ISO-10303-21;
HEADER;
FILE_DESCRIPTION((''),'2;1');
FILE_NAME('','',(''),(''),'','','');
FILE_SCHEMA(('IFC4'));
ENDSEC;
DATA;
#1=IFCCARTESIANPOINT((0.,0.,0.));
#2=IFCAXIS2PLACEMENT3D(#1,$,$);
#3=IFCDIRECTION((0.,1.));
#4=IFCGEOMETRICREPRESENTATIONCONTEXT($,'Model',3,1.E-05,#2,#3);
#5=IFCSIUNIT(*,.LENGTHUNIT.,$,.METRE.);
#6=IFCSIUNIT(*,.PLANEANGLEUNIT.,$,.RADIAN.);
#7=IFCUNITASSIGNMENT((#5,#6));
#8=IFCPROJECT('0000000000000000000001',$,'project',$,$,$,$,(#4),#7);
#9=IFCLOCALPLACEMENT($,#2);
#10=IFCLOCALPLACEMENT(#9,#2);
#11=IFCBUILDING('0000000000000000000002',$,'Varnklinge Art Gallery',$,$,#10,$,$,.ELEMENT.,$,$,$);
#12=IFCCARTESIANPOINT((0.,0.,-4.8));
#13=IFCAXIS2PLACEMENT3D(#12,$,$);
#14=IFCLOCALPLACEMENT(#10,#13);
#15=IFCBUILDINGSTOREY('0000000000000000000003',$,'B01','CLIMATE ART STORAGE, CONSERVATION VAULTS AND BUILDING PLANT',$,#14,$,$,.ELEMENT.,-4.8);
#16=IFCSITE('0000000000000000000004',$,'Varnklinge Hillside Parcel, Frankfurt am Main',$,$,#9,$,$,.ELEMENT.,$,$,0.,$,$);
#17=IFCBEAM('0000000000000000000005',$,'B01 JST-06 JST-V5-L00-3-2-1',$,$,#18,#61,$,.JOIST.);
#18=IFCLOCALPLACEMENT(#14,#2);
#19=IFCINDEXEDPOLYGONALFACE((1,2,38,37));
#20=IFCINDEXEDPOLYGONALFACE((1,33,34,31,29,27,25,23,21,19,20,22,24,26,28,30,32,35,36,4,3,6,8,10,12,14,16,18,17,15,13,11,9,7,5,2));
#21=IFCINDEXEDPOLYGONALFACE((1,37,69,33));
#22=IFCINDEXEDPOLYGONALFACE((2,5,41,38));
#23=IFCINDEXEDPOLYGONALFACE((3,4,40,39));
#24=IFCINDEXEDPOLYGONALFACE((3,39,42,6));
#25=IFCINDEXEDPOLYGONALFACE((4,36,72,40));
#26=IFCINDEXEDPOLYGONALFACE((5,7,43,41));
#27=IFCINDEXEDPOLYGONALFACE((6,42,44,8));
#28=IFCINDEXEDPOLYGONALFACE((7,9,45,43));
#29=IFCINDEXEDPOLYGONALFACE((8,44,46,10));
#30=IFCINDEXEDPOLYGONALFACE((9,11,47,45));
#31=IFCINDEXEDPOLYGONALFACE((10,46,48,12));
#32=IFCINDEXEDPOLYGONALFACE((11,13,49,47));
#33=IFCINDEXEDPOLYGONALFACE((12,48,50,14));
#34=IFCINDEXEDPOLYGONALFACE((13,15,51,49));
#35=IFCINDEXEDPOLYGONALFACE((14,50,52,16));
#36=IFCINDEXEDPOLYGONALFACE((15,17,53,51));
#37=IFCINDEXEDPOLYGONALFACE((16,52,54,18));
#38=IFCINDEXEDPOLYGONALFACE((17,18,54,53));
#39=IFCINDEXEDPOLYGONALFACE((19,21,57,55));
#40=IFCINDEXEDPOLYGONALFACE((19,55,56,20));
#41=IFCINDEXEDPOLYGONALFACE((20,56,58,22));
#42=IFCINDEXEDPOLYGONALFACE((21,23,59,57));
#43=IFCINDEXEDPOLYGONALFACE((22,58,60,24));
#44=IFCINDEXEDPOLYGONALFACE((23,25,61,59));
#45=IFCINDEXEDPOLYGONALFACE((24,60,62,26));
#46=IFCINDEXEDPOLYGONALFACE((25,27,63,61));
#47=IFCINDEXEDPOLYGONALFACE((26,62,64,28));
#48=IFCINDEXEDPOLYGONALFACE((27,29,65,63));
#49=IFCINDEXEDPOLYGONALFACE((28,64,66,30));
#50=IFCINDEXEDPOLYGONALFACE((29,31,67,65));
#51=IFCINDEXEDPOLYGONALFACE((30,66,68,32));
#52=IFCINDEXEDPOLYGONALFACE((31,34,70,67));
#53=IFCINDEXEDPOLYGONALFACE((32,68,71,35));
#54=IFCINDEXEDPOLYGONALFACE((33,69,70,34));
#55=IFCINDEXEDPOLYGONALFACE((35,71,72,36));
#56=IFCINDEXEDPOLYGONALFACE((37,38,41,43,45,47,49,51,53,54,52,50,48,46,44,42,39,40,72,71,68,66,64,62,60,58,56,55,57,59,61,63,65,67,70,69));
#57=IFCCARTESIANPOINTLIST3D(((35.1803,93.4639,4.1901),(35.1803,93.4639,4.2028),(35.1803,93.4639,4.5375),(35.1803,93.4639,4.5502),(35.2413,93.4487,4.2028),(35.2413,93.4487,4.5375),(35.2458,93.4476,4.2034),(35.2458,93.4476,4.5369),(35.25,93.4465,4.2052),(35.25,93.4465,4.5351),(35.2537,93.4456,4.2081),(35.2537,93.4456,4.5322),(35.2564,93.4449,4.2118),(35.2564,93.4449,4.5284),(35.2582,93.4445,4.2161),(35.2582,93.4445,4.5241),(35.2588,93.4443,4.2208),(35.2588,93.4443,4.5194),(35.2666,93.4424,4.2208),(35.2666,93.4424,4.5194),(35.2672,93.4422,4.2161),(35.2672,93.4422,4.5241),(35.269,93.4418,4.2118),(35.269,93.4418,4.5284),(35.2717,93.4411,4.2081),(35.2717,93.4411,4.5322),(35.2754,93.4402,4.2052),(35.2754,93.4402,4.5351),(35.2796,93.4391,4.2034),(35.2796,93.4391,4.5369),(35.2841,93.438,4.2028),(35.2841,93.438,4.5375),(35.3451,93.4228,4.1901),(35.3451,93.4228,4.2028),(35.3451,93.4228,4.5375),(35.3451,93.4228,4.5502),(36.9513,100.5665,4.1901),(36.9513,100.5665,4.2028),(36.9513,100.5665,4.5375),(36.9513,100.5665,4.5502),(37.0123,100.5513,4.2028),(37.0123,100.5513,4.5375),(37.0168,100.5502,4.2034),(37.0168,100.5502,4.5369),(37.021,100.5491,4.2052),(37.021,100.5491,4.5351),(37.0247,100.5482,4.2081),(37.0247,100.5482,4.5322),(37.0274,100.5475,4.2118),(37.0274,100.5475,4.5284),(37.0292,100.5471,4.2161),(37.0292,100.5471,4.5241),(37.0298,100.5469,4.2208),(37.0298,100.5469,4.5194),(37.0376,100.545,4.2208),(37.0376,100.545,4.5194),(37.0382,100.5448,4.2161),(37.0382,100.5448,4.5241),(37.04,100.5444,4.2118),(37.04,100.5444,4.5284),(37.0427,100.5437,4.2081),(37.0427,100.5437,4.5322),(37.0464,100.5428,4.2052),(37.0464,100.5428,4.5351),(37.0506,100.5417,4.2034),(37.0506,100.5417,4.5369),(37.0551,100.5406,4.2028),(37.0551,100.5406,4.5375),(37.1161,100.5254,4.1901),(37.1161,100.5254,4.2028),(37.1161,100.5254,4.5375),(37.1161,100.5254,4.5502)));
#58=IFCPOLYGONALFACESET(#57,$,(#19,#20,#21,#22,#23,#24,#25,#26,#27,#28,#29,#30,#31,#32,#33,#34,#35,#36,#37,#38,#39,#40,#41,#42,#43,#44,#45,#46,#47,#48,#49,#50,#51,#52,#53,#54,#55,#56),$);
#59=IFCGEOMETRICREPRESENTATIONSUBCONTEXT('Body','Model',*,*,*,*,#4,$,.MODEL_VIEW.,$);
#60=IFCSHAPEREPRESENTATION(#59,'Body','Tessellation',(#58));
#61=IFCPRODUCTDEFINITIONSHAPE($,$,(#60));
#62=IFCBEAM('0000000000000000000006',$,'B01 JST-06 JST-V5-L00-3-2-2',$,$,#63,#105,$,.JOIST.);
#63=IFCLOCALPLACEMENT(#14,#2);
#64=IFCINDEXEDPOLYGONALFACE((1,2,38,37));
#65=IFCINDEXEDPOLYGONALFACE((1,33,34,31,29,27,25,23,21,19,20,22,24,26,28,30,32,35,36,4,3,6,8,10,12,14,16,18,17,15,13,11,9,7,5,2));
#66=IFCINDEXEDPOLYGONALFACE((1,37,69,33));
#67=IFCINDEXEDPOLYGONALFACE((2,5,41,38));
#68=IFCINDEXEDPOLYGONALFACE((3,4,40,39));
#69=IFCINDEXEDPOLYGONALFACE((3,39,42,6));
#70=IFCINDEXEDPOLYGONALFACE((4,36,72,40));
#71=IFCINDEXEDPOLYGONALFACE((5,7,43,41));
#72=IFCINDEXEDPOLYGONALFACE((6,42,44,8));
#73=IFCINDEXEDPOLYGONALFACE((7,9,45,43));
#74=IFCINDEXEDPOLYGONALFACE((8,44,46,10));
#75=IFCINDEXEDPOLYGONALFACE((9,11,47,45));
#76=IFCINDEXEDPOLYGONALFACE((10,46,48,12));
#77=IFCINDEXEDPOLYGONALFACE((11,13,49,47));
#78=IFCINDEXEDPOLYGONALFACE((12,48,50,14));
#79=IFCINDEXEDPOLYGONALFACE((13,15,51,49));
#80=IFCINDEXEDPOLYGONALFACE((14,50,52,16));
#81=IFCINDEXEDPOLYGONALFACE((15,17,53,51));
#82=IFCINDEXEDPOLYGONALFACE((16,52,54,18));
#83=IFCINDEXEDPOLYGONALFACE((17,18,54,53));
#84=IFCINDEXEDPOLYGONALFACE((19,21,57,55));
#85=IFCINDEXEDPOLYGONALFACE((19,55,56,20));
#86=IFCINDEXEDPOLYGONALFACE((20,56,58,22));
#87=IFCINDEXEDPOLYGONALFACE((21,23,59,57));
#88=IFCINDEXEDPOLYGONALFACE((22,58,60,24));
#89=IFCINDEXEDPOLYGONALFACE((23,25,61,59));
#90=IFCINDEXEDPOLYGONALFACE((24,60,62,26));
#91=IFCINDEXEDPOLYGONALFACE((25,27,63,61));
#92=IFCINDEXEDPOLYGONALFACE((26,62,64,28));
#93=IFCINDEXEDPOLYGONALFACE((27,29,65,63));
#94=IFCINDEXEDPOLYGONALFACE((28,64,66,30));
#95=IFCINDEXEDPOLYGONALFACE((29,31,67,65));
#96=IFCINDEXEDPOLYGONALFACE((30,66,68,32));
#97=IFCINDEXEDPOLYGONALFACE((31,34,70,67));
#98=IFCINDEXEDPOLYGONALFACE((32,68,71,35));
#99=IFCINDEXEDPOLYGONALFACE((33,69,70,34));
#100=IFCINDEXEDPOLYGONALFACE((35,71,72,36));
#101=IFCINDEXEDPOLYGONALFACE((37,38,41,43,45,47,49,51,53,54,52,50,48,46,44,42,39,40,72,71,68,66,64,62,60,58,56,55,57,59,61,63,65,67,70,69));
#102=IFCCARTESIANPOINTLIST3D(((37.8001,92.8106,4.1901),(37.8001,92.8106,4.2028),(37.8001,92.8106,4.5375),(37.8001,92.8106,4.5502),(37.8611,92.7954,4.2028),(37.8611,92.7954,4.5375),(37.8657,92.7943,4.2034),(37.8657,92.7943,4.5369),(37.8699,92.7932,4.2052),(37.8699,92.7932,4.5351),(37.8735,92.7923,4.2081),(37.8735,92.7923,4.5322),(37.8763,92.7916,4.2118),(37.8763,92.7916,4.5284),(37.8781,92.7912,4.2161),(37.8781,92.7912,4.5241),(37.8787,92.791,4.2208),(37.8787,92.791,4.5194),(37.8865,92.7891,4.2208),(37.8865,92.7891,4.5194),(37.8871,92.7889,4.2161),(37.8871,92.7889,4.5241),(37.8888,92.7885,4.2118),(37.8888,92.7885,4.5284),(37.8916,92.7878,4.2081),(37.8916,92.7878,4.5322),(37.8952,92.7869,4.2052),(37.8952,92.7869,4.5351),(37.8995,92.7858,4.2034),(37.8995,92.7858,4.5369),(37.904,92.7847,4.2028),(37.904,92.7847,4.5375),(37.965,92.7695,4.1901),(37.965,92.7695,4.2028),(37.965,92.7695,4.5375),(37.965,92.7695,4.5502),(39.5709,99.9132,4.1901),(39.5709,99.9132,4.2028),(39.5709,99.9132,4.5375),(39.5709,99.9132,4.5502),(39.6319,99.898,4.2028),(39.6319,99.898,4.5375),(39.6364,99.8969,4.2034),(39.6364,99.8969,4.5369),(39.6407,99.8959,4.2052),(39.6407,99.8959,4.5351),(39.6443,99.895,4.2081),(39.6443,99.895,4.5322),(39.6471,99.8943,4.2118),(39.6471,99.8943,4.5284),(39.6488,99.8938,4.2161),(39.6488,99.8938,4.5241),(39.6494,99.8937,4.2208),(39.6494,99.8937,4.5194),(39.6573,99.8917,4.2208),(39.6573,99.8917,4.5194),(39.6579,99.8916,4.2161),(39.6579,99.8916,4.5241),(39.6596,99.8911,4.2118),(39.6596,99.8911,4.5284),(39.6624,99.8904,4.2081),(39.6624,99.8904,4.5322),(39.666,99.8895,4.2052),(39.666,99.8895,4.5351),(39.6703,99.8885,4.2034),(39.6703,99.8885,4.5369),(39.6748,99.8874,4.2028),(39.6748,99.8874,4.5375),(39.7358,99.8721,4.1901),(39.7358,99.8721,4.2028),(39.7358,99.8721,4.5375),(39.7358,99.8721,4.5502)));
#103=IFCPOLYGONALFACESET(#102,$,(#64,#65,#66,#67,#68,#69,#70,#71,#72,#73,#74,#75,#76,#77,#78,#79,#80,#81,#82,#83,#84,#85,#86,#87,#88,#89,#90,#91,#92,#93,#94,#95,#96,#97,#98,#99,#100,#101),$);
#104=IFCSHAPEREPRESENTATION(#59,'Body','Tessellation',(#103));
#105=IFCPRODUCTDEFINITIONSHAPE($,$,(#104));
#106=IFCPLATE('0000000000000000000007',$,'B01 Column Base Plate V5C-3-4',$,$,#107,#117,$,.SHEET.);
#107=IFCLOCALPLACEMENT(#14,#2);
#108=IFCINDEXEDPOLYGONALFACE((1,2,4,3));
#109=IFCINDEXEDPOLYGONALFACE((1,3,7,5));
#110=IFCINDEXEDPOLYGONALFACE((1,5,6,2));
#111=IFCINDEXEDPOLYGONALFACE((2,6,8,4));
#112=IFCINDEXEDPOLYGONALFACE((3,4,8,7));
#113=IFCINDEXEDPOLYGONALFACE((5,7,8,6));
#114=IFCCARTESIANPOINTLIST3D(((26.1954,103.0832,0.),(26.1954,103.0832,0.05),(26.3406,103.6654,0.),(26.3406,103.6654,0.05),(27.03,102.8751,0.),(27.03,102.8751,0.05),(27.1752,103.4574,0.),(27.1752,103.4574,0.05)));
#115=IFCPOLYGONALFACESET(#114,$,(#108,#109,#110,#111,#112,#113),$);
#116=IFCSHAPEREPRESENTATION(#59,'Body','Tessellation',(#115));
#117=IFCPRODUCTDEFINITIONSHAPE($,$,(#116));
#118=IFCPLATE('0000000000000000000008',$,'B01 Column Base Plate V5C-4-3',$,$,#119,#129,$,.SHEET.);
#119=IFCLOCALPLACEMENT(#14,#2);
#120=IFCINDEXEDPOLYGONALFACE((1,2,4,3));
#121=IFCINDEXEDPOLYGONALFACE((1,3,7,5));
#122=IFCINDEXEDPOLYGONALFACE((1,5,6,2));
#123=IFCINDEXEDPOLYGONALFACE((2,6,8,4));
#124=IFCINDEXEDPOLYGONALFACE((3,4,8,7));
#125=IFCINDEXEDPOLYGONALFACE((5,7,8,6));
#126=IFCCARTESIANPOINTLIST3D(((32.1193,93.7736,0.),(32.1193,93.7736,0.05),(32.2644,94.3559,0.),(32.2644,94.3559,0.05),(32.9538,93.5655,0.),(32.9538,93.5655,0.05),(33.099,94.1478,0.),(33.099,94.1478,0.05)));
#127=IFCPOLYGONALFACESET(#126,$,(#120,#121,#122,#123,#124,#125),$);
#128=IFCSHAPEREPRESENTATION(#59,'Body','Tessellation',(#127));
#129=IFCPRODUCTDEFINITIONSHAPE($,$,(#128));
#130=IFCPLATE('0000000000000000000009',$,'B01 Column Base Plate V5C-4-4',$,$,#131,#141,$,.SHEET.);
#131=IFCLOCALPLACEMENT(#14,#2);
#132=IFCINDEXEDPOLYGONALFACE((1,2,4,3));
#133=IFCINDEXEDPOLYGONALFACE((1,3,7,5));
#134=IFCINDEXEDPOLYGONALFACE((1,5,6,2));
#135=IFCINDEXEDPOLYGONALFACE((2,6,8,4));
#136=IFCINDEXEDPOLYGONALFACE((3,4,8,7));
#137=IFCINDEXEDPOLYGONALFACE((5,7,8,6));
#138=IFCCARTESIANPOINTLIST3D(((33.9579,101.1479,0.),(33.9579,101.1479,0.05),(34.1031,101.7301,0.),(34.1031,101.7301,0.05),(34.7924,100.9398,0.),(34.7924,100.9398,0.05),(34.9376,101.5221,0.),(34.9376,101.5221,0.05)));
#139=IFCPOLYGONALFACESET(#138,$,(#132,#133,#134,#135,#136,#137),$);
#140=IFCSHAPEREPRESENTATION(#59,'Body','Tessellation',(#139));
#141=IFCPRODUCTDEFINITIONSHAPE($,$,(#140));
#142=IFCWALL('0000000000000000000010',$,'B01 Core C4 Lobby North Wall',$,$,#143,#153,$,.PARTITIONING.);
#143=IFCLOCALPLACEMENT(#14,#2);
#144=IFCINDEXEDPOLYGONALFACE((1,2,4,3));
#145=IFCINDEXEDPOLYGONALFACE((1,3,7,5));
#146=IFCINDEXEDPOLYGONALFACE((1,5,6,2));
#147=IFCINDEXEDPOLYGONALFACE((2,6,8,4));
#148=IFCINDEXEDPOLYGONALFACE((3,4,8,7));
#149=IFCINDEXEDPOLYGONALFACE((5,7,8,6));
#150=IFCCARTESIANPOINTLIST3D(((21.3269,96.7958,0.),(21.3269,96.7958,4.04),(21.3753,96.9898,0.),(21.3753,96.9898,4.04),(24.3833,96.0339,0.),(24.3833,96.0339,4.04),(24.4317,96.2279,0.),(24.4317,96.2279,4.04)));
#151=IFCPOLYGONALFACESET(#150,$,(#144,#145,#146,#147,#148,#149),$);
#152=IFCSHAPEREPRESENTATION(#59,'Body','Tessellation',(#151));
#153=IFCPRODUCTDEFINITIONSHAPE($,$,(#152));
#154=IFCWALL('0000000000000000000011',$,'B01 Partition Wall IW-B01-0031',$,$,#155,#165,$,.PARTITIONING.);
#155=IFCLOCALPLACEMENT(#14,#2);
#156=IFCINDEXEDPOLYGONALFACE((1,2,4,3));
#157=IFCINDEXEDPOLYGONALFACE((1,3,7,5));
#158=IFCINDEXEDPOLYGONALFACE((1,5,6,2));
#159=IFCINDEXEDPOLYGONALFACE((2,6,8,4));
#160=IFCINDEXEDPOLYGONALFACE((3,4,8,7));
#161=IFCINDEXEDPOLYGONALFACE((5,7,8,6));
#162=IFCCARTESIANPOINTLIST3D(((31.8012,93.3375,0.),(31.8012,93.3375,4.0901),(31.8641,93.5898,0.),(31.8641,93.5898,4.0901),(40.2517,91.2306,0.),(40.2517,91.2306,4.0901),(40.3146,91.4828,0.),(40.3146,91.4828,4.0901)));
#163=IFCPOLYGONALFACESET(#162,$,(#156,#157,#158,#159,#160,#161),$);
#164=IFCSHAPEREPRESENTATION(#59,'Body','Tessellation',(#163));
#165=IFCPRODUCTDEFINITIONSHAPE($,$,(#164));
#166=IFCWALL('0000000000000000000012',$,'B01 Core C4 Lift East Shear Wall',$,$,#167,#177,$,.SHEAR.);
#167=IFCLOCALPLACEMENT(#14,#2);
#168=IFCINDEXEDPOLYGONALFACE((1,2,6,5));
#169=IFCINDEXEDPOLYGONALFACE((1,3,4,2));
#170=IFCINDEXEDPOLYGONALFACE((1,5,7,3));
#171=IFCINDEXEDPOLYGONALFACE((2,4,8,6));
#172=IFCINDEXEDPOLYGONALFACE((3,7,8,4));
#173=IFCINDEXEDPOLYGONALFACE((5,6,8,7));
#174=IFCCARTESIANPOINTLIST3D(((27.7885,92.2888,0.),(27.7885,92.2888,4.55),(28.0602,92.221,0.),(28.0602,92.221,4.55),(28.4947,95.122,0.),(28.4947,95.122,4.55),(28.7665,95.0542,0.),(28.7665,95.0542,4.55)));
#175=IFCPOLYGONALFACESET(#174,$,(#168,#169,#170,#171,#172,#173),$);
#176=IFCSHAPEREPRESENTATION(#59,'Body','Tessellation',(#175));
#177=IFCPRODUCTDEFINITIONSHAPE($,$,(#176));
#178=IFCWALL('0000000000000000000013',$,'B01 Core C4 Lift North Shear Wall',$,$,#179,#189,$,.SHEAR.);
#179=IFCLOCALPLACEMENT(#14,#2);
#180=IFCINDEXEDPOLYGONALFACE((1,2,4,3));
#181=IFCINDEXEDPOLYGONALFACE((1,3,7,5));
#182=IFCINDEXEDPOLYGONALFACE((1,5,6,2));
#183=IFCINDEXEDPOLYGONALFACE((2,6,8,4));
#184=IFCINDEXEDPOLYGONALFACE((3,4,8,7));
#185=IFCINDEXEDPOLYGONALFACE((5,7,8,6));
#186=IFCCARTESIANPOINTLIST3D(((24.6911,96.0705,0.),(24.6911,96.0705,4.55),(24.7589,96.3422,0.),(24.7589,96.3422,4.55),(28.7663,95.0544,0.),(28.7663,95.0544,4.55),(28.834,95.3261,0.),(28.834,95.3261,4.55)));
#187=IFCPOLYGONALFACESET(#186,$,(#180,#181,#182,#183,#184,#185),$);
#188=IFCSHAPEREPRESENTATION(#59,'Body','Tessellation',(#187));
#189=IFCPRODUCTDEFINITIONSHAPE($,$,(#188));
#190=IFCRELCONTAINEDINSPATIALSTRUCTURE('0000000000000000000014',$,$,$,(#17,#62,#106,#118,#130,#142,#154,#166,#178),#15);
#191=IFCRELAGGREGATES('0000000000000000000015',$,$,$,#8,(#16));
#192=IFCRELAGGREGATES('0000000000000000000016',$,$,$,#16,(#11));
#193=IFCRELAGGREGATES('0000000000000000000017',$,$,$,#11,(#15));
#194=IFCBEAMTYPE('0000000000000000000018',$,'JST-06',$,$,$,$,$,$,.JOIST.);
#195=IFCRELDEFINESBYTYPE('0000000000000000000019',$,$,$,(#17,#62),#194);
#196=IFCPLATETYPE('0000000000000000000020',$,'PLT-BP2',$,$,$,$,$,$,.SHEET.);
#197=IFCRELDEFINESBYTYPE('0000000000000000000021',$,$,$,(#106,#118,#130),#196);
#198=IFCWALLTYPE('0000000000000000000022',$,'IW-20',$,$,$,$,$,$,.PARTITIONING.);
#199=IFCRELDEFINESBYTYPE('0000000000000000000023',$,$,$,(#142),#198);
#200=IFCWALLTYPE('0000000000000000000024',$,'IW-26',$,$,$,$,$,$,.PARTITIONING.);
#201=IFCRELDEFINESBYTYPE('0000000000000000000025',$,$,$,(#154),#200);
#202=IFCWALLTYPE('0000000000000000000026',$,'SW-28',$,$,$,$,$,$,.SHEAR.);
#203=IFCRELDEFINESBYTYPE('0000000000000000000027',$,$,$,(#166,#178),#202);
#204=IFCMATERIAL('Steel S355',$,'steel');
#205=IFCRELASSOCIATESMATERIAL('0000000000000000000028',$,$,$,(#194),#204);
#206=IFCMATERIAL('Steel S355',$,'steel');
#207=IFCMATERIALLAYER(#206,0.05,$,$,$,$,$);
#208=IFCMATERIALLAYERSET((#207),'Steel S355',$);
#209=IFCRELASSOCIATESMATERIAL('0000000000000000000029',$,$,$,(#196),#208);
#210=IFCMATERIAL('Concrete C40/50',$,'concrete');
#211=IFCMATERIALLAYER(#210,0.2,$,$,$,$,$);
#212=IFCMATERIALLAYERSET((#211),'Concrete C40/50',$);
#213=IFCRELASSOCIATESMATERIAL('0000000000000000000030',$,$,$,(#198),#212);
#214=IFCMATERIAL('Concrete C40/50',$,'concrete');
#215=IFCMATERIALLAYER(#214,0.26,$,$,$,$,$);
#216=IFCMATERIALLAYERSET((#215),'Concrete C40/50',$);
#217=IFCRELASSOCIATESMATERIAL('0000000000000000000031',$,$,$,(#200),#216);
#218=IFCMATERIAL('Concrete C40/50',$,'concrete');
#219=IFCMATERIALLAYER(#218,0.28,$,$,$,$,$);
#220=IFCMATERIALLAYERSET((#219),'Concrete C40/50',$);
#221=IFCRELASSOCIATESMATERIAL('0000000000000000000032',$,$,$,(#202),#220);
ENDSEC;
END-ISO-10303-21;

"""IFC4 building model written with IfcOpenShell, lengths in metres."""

from ifc_helpers import new_model, si_unit, direction, frame, frame_2d, origin, origin_2d, place, context, subcontext, project, spatial, rectangle, i_section, extrude, material, layer, layer_set, material_profile, profile_set, type_object, element, save


model = new_model("IFC4")

# Units and contexts
model_context = context("Model", 3, precision=1e-05, world=origin(), true_north=direction((0.0, 1.0)))
body_context = subcontext(model_context, "Body", "Model", "MODEL_VIEW")
ifc_project = project(units=[si_unit("LENGTHUNIT", "METRE"), si_unit("PLANEANGLEUNIT", "RADIAN")], contexts=[model_context])

# Site, building, storey
site_placement = place(None, origin())
site = spatial("IfcSite", under=ifc_project, at=site_placement, Name="Varnklinge Hillside Parcel, Frankfurt am Main", CompositionType="ELEMENT", RefElevation=0.0)
building_placement = place(site_placement, origin())
building = spatial("IfcBuilding", under=site, at=building_placement, Name="Varnklinge Art Gallery", CompositionType="ELEMENT")
storey_placement = place(building_placement, frame((0.0, 0.0, -4.8)))
storey = spatial("IfcBuildingStorey", under=building, at=storey_placement, Name="B01", Description="CLIMATE ART STORAGE, CONSERVATION VAULTS AND BUILDING PLANT", CompositionType="ELEMENT", Elevation=-4.8)

# Beams
ifc_material_1 = material(Name="Steel S355", Category="steel")
ifc_material_profile_1 = material_profile(ifc_material_1, i_section(OverallWidth=0.1699, OverallDepth=0.3601, WebThickness=0.0081, FlangeThickness=0.0127, FilletRadius=0.0181, at=origin_2d()), Name="IPE 360")
ifc_profile_set_1 = profile_set([ifc_material_profile_1], Name="Steel S355")
beam_type_1 = type_object("IfcBeamType", Name="JST-06", PredefinedType="JOIST", material=ifc_profile_set_1)
for number, where, z_axis, x_axis, name in (
    (1, (35.2627, 93.4434, 4.3701), (0.241939, 0.970291, 0.0), (-0.970291, 0.241939, 0.0), "B01 JST-06 JST-V5-L00-3-2-1"),
    (2, (37.8826, 92.79, 4.3701), (0.241908, 0.970299, 0.0), (-0.970299, 0.241908, 0.0), "B01 JST-06 JST-V5-L00-3-2-2"),
):
    element("IfcBeam", number, at=place(storey_placement, frame(where, z_axis=z_axis, x_axis=x_axis)), inside=storey, type_object=beam_type_1, Name=name, PredefinedType="JOIST", context=body_context, shape_type="SweptSolid", body=[
        extrude(i_section(OverallWidth=0.1699, OverallDepth=0.3601, WebThickness=0.0081, FlangeThickness=0.0127, FilletRadius=0.0181, at=origin_2d()), origin(), (0.0, 0.0, 1.0), 7.3201),
    ])

# Plates
ifc_material_2 = material(Name="Steel S355", Category="steel")
ifc_layer_1 = layer(ifc_material_2, 0.05)
ifc_layer_set_1 = layer_set([ifc_layer_1], Name="Steel S355")
plate_type = type_object("IfcPlateType", Name="PLT-BP2", PredefinedType="SHEET", material=ifc_layer_set_1)
for number, where, z_axis, x_axis, name in (
    (3, (26.6853, 103.2703, 0.0), (0.0, 0.0, 1.0), (0.970296, -0.241922, 0.0), "B01 Column Base Plate V5C-3-4"),
    (4, (32.6091, 93.9607, 0.0), (0.0, 0.0, 1.0), (0.970296, -0.241922, 0.0), "B01 Column Base Plate V5C-4-3"),
    (5, (34.4478, 101.335, 0.0), (0.0, 0.0, 1.0), (0.970296, -0.241922, 0.0), "B01 Column Base Plate V5C-4-4"),
):
    element("IfcPlate", number, at=place(storey_placement, frame(where, z_axis=z_axis, x_axis=x_axis)), inside=storey, type_object=plate_type, Name=name, PredefinedType="SHEET", context=body_context, shape_type="SweptSolid", body=[
        extrude(rectangle(XDim=0.8601, YDim=0.6001, at=origin_2d()), origin(), (0.0, 0.0, 1.0), 0.05),
    ])

# Walls
ifc_material_3 = material(Name="Concrete C40/50", Category="concrete")
ifc_layer_2 = layer(ifc_material_3, 0.2)
ifc_layer_set_2 = layer_set([ifc_layer_2], Name="Concrete C40/50")
wall_type_1 = type_object("IfcWallType", Name="IW-20", PredefinedType="PARTITIONING", material=ifc_layer_set_2)
wall_1_placement = place(storey_placement, frame((24.4075, 96.1309, 0.0), z_axis=(0.0, 0.0, 1.0), x_axis=(-0.970302, 0.241897, 0.0)))
element("IfcWall", 6, at=wall_1_placement, inside=storey, type_object=wall_type_1, Name="B01 Core C4 Lobby North Wall", PredefinedType="PARTITIONING", context=body_context, shape_type="SweptSolid", body=[
    extrude(rectangle(XDim=3.1499, YDim=0.2, at=frame_2d((1.575, 0.0))), origin(), (0.0, 0.0, 1.0), 4.04),
])
ifc_material_4 = material(Name="Concrete C40/50", Category="concrete")
ifc_layer_3 = layer(ifc_material_4, 0.26)
ifc_layer_set_3 = layer_set([ifc_layer_3], Name="Concrete C40/50")
wall_type_2 = type_object("IfcWallType", Name="IW-26", PredefinedType="PARTITIONING", material=ifc_layer_set_3)
wall_2_placement = place(storey_placement, frame((31.8328, 93.4636, 0.0), z_axis=(0.0, 0.0, 1.0), x_axis=(0.970296, -0.241922, 0.0)))
element("IfcWall", 7, at=wall_2_placement, inside=storey, type_object=wall_type_2, Name="B01 Partition Wall IW-B01-0031", PredefinedType="PARTITIONING", context=body_context, shape_type="SweptSolid", body=[
    extrude(rectangle(XDim=8.7092, YDim=0.26, at=frame_2d((4.3545, 0.0))), origin(), (0.0, 0.0, 1.0), 4.0901),
])
ifc_material_5 = material(Name="Concrete C40/50", Category="concrete")
ifc_layer_4 = layer(ifc_material_5, 0.28)
ifc_layer_set_4 = layer_set([ifc_layer_4], Name="Concrete C40/50")
wall_type_3 = type_object("IfcWallType", Name="SW-28", PredefinedType="SHEAR", material=ifc_layer_set_4)
wall_3_placement = place(storey_placement, frame((27.9243, 92.2549, 0.0), z_axis=(0.0, 0.0, 1.0), x_axis=(0.241886, 0.970305, 0.0)))
element("IfcWall", 8, at=wall_3_placement, inside=storey, type_object=wall_type_3, Name="B01 Core C4 Lift East Shear Wall", PredefinedType="SHEAR", context=body_context, shape_type="SweptSolid", body=[
    extrude(rectangle(XDim=2.9199, YDim=0.28, at=frame_2d((1.46, 0.0))), origin(), (0.0, 0.0, 1.0), 4.55),
])
wall_4_placement = place(storey_placement, frame((28.8003, 95.1902, 0.0), z_axis=(0.0, 0.0, 1.0), x_axis=(-0.970293, 0.241934, 0.0)))
element("IfcWall", 9, at=wall_4_placement, inside=storey, type_object=wall_type_3, Name="B01 Core C4 Lift North Shear Wall", PredefinedType="SHEAR", context=body_context, shape_type="SweptSolid", body=[
    extrude(rectangle(XDim=4.2, YDim=0.28, at=frame_2d((2.1001, 0.0))), origin(), (0.0, 0.0, 1.0), 4.55),
])

save(model, "model.ifc")
